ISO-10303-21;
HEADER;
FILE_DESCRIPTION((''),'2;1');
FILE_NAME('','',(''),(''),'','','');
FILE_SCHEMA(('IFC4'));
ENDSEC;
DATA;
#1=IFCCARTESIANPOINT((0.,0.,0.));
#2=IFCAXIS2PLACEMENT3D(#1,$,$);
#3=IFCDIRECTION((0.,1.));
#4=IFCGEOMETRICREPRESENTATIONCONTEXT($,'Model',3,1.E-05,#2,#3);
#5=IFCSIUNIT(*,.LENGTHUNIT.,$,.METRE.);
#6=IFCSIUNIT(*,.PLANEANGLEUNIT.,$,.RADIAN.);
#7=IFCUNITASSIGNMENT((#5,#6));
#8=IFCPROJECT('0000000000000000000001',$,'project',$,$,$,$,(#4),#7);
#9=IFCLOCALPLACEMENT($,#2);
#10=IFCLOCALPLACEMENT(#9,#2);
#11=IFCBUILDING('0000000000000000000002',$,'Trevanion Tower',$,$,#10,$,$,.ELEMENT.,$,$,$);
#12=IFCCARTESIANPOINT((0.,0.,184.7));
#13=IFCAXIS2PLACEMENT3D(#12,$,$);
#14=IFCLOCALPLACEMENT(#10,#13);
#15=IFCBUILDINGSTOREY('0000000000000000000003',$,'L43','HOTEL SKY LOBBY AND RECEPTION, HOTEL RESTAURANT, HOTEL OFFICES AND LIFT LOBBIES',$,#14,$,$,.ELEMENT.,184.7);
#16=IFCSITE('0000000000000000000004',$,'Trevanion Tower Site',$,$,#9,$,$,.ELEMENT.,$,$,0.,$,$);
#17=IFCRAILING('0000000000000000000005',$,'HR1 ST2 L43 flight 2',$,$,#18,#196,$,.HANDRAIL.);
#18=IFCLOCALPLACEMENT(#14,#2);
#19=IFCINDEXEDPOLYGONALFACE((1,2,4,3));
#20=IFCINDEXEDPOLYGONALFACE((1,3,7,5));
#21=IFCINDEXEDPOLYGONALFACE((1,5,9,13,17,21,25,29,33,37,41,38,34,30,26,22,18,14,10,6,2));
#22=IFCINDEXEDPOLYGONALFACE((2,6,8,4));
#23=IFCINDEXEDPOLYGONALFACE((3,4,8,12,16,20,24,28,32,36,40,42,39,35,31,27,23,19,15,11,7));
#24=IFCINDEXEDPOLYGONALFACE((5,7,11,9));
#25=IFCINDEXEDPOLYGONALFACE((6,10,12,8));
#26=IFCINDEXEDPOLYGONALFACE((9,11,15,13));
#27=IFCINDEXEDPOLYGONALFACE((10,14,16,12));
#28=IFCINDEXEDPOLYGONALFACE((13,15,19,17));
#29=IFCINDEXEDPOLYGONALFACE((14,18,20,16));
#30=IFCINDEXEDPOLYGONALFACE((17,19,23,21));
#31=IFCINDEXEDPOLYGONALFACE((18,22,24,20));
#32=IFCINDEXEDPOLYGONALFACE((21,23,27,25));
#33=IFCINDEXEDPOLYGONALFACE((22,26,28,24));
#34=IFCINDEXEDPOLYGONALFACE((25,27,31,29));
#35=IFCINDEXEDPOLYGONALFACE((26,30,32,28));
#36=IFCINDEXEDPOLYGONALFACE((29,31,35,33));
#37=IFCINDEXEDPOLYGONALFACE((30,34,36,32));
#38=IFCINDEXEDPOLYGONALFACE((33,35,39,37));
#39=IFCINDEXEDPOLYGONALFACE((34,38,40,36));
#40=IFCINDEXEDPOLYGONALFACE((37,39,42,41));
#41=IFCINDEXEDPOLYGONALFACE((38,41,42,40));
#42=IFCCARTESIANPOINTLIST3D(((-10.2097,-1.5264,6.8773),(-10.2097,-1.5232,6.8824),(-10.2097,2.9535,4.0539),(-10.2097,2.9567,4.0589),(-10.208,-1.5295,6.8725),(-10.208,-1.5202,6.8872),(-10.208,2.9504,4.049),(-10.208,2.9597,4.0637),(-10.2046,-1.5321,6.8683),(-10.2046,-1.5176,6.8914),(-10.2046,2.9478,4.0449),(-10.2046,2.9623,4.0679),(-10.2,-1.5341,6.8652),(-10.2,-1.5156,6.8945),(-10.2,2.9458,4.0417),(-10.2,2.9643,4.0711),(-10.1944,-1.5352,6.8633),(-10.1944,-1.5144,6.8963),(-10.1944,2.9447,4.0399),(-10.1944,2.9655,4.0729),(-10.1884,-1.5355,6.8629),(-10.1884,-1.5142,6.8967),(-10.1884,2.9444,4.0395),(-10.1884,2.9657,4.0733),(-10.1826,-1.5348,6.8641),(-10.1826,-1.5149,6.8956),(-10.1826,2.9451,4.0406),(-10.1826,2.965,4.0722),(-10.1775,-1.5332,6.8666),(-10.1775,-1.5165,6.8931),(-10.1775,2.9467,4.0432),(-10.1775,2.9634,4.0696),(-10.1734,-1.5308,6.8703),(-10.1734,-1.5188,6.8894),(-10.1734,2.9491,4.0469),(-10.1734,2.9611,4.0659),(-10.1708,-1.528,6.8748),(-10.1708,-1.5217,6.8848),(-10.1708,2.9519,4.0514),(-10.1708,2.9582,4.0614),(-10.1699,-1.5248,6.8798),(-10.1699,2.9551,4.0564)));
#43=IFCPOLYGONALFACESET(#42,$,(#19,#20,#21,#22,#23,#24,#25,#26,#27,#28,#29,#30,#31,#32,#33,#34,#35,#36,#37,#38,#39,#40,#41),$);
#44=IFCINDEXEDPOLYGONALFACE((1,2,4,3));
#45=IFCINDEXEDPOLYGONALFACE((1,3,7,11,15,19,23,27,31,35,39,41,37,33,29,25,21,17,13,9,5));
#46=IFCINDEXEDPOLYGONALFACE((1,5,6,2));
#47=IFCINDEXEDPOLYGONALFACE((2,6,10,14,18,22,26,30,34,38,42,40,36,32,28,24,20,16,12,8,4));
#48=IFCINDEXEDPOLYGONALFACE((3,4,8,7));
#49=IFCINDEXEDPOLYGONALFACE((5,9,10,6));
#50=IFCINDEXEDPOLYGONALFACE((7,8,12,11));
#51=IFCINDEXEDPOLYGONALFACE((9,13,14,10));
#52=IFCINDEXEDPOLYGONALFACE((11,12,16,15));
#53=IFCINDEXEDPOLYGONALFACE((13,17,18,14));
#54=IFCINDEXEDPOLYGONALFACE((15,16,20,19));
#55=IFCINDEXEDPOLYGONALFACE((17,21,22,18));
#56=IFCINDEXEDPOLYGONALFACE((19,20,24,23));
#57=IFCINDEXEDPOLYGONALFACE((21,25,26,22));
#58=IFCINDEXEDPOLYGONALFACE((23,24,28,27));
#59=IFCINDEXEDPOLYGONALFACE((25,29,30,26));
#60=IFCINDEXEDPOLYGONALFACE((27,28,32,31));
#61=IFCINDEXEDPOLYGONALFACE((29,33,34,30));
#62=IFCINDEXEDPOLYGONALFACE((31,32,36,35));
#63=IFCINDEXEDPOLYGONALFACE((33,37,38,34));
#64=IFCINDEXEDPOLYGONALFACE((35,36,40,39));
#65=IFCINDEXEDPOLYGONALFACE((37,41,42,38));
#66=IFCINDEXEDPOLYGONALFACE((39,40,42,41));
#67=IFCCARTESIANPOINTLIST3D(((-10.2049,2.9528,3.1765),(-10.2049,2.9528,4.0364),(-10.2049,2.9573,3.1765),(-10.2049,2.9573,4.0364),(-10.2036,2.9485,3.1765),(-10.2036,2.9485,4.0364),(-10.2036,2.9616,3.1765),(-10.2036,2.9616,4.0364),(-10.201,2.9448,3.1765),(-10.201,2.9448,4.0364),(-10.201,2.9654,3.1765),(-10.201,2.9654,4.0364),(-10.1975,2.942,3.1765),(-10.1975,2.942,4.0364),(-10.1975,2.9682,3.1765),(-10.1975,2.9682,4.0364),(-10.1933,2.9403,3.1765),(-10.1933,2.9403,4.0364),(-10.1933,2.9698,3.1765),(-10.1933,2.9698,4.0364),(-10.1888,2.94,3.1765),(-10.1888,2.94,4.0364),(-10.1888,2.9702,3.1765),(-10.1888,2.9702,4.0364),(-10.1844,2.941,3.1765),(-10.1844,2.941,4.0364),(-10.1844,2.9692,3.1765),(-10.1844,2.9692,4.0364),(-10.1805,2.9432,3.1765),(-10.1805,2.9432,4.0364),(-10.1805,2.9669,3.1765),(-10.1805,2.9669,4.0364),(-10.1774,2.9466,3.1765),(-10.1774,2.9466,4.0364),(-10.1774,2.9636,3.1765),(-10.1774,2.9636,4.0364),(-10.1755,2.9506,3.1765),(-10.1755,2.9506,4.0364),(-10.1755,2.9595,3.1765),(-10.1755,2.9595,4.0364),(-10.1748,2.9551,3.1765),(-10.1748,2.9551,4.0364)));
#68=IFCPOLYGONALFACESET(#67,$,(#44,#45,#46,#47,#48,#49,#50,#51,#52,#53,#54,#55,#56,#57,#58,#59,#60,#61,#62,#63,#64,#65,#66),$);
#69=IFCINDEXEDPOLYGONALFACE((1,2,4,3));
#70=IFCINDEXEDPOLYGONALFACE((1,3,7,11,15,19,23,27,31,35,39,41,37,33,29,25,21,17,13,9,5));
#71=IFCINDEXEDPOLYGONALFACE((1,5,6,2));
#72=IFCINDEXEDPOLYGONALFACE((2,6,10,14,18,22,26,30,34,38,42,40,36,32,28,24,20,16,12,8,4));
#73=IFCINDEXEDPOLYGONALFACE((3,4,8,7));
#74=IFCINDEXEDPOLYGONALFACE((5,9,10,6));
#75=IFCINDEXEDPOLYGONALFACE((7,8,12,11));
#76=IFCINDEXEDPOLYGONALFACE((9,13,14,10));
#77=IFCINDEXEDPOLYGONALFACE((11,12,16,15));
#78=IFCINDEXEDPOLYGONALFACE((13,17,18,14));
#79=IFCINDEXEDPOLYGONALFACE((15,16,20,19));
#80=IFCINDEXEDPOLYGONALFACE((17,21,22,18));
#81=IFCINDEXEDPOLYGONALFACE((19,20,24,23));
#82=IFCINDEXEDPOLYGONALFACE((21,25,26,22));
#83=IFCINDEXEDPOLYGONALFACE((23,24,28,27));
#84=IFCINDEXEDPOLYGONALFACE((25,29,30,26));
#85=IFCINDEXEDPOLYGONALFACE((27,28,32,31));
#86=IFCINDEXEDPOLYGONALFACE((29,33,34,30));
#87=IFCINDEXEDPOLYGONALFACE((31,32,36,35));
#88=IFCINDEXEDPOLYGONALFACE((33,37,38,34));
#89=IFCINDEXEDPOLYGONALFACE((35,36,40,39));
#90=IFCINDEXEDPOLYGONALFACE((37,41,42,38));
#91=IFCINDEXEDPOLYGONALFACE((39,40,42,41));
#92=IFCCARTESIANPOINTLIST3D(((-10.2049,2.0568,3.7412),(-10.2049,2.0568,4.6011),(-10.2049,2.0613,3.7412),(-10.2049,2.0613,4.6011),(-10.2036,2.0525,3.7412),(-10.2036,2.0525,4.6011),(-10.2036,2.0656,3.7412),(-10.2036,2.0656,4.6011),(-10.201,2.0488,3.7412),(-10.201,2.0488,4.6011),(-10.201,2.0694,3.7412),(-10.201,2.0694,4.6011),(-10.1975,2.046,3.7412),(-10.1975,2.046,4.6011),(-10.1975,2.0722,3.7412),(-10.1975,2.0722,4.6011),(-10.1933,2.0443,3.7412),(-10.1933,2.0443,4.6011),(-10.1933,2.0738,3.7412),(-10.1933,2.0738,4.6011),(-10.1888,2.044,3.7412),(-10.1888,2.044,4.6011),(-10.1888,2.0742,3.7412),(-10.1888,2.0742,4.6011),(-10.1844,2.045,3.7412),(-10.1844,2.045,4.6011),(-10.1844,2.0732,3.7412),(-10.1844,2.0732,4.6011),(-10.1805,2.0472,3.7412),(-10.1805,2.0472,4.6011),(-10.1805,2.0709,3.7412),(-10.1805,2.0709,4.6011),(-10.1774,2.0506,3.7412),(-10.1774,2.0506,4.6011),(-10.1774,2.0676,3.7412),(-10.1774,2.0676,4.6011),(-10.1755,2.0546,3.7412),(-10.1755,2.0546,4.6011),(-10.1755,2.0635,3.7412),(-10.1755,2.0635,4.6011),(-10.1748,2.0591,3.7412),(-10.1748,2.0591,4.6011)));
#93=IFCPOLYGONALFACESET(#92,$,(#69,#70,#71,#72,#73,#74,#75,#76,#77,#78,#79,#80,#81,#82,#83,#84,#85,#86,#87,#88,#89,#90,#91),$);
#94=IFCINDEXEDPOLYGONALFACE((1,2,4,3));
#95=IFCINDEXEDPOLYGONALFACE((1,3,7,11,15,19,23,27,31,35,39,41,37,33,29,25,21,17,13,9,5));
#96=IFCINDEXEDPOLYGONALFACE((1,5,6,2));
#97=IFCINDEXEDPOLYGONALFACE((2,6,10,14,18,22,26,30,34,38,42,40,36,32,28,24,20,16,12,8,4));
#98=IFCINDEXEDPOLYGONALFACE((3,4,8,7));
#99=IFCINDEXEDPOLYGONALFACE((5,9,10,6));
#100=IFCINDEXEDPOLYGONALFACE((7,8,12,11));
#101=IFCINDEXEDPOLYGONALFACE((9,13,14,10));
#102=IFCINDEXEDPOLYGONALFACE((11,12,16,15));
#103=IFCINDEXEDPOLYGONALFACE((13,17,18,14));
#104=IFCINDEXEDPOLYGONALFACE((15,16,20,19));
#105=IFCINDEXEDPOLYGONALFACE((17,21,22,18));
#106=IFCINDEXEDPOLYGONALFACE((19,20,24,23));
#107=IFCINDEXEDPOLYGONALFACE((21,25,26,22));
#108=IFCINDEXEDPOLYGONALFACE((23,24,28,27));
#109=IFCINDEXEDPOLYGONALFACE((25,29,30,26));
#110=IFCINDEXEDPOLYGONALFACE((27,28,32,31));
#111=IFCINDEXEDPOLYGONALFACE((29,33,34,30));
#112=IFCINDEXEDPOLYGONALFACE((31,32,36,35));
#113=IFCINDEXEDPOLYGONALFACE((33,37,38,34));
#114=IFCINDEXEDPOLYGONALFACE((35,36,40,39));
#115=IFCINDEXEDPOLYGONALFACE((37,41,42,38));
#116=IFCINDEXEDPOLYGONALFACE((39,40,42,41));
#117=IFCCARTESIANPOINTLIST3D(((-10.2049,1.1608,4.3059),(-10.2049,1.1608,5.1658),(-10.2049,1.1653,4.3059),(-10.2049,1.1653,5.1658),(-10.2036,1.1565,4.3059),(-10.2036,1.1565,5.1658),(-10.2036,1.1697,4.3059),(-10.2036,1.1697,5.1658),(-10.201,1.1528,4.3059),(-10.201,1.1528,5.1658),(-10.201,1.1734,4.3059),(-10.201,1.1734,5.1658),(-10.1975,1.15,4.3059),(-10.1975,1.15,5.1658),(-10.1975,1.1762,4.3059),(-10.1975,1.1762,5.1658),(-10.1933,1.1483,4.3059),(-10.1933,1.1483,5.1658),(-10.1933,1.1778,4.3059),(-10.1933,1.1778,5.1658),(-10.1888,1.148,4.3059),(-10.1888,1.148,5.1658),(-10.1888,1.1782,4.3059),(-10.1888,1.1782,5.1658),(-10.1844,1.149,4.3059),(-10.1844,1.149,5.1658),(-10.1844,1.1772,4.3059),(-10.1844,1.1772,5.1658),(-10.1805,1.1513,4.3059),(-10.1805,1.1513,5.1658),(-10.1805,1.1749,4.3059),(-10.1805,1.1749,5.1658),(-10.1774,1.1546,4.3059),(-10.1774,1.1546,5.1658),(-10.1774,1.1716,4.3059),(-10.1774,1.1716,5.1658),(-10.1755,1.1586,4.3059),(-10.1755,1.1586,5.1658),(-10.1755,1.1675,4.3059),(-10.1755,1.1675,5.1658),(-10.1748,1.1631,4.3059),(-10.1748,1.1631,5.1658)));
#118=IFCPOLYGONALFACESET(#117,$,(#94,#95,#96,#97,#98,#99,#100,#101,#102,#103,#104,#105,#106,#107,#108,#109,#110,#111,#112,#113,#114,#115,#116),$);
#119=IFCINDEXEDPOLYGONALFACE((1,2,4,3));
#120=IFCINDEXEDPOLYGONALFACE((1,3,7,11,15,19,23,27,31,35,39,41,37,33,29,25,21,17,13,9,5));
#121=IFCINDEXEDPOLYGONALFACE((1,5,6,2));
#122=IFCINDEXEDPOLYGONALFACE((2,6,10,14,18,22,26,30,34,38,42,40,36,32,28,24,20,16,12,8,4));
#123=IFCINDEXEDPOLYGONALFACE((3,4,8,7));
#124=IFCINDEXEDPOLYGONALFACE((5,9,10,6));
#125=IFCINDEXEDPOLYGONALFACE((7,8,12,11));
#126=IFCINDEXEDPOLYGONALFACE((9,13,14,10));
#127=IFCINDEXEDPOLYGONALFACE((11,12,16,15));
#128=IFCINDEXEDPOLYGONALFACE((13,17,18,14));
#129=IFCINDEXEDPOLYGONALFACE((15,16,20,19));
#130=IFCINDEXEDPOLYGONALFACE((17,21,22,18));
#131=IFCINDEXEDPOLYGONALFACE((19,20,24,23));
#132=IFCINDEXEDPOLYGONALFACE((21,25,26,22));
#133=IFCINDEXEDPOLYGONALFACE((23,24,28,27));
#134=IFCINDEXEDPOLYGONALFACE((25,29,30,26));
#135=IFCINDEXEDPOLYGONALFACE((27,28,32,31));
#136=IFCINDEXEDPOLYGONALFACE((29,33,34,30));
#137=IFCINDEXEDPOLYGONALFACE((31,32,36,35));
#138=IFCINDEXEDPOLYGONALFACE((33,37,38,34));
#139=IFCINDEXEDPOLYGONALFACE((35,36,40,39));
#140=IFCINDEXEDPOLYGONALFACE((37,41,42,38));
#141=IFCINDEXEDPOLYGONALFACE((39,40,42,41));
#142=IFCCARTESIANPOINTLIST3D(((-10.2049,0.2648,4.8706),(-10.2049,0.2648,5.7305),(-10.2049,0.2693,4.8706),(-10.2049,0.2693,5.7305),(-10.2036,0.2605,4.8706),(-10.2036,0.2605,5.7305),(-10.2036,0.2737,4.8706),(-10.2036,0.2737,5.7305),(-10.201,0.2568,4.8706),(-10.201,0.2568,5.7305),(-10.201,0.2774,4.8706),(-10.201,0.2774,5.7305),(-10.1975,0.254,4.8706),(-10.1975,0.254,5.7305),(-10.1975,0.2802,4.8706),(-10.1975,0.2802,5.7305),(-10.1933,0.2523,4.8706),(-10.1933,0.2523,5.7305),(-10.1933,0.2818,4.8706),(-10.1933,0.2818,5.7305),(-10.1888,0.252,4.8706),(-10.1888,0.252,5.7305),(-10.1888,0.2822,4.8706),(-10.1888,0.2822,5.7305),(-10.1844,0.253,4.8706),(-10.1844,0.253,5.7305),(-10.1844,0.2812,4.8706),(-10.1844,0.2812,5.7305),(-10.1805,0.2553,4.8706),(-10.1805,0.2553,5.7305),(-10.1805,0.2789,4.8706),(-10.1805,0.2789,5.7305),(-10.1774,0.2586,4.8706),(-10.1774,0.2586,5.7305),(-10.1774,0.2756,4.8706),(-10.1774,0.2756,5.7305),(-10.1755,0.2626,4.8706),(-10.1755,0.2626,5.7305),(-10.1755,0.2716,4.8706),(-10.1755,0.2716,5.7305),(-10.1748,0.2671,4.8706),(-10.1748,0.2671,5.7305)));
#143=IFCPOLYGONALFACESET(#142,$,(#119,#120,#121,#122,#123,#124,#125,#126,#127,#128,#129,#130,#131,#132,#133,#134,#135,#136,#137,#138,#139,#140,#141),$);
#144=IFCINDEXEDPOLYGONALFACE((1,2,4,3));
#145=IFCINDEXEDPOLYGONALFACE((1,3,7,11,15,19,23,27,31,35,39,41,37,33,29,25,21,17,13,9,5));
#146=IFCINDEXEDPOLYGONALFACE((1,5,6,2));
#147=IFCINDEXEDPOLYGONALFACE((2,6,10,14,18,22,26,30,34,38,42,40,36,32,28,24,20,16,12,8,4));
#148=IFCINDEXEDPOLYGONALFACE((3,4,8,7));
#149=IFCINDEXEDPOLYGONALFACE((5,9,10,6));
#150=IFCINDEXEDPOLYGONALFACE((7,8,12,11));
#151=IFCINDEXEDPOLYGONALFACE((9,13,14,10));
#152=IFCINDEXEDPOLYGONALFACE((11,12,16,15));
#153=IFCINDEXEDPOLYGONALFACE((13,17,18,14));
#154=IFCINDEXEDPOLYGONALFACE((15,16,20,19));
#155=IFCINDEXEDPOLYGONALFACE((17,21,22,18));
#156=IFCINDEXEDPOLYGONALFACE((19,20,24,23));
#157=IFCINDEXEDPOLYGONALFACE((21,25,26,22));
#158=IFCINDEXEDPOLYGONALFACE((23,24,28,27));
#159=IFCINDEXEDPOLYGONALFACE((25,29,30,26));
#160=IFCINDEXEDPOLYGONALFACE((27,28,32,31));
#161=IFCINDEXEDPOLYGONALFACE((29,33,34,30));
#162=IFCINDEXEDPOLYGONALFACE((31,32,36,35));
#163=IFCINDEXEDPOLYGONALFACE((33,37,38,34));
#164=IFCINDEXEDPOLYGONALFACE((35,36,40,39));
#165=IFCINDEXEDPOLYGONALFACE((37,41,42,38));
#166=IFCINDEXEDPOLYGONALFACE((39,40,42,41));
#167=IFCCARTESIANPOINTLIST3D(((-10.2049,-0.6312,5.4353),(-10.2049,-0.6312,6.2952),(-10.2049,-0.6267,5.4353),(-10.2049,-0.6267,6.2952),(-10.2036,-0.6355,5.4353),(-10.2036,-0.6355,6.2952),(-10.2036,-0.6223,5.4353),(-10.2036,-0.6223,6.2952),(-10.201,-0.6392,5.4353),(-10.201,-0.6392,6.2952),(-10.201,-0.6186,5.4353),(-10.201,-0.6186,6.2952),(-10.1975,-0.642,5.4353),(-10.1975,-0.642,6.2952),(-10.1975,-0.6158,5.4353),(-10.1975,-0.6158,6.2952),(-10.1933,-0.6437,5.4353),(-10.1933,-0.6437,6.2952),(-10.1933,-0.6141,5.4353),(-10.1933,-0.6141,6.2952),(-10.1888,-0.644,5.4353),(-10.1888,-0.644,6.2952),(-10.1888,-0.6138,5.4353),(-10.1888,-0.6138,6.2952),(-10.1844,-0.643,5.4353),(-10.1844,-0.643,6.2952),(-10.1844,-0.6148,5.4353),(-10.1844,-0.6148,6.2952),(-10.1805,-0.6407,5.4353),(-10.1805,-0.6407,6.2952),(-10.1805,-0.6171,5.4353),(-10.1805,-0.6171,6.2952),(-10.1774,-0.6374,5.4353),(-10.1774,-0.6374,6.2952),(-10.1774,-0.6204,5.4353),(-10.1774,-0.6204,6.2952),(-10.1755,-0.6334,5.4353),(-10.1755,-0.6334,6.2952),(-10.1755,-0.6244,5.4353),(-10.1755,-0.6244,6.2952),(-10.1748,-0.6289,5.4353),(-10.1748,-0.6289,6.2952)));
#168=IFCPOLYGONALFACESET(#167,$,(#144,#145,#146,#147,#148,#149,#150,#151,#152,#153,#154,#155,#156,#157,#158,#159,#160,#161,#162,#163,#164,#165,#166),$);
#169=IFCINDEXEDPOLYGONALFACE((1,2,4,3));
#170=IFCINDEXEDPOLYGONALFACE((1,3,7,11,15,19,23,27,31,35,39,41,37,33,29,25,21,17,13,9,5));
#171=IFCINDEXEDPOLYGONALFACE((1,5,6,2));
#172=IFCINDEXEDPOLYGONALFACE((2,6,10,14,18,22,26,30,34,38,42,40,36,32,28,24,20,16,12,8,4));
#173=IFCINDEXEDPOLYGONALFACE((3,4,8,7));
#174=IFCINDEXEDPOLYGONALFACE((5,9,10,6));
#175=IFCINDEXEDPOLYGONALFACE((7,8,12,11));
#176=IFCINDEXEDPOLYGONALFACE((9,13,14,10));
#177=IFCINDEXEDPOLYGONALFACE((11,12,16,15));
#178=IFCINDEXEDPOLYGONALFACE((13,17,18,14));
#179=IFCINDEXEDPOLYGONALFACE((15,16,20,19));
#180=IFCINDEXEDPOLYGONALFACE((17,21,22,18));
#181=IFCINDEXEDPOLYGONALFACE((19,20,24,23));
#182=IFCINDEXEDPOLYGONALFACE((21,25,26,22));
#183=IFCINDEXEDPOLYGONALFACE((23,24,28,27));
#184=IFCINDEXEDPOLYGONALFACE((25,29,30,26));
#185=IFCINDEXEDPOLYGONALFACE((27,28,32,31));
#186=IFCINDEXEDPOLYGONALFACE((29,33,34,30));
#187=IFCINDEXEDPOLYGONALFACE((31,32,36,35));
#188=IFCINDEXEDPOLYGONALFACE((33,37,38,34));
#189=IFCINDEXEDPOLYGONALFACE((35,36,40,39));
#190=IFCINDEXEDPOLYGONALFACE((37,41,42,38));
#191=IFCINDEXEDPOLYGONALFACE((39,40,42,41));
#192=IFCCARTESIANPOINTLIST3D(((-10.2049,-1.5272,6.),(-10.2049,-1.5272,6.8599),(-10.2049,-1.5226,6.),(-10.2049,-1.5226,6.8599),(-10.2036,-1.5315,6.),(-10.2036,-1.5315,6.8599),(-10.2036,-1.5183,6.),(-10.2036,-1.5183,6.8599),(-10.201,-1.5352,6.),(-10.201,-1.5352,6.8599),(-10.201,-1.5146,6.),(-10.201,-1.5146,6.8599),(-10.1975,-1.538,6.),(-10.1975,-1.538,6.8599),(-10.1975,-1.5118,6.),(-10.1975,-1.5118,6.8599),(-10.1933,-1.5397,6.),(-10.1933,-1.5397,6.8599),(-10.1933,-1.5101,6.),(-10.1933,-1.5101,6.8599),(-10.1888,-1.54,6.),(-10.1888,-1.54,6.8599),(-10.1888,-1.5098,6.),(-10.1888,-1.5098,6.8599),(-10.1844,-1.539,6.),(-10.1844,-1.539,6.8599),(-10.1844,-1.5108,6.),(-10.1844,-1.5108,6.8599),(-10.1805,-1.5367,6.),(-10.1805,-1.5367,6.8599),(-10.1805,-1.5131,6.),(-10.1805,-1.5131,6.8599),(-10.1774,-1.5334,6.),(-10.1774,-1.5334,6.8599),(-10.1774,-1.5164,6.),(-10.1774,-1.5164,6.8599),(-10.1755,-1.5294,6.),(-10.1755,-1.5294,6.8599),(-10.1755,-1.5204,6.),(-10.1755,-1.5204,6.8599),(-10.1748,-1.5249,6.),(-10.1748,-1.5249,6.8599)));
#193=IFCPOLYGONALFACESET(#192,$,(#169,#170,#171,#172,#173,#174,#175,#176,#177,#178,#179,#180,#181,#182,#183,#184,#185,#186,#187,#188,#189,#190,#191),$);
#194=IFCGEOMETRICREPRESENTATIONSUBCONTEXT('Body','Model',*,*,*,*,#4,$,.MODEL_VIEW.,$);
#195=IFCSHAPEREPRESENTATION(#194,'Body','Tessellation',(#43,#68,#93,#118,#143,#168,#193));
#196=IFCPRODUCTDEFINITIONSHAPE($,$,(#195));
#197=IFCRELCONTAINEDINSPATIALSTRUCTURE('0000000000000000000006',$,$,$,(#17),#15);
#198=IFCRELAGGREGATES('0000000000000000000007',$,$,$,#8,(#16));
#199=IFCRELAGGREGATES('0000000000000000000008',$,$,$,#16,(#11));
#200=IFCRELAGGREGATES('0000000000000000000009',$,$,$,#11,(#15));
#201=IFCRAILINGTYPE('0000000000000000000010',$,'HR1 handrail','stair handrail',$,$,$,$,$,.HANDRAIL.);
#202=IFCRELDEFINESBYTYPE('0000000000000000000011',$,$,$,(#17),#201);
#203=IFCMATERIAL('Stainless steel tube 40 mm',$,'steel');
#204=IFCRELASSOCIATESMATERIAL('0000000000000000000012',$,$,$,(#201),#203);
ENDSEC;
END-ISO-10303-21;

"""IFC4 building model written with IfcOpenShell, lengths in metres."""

from ifc_helpers import new_model, si_unit, direction, frame, origin, origin_2d, place, context, subcontext, project, spatial, circle, extrude, material, type_object, element, save


model = new_model("IFC4")

# Units and contexts
model_context = context("Model", 3, precision=1e-05, world=origin(), true_north=direction((0.0, 1.0)))
body_context = subcontext(model_context, "Body", "Model", "MODEL_VIEW")
ifc_project = project(units=[si_unit("LENGTHUNIT", "METRE"), si_unit("PLANEANGLEUNIT", "RADIAN")], contexts=[model_context])

# Site, building, storey
site_placement = place(None, origin())
site = spatial("IfcSite", under=ifc_project, at=site_placement, Name="Trevanion Tower Site", CompositionType="ELEMENT", RefElevation=0.0)
building_placement = place(site_placement, origin())
building = spatial("IfcBuilding", under=site, at=building_placement, Name="Trevanion Tower", CompositionType="ELEMENT")
storey_placement = place(building_placement, frame((0.0, 0.0, 184.7)))
storey = spatial("IfcBuildingStorey", under=building, at=storey_placement, Name="L43", Description="HOTEL SKY LOBBY AND RECEPTION, HOTEL RESTAURANT, HOTEL OFFICES AND LIFT LOBBIES", CompositionType="ELEMENT", Elevation=184.7)

# Railing
ifc_material_1 = material(Name="Stainless steel tube 40 mm", Category="steel")
railing_type = type_object("IfcRailingType", Name="HR1 handrail", Description="stair handrail", PredefinedType="HANDRAIL", material=ifc_material_1)
for number, where, name in (
    (1, (-10.1899, 2.9551, 3.1765), "HR1 ST2 L43 flight 2"),
):
    element("IfcRailing", number, at=place(storey_placement, frame(where)), inside=storey, type_object=railing_type, Name=name, PredefinedType="HANDRAIL", context=body_context, shape_type="SweptSolid", body=[
        extrude(circle(Radius=0.02, at=origin_2d()), frame((0.0, 0.0, 0.8799), z_axis=(0.0, -0.845998, 0.533186), x_axis=(1.0, 0.0, 0.0)), (0.0, 0.0, 1.0), 5.2954),
        extrude(circle(Radius=0.0151, at=origin_2d()), origin(), (0.0, 0.0, 1.0), 0.8599),
        extrude(circle(Radius=0.0151, at=origin_2d()), frame((0.0, -0.896, 0.5647)), (0.0, 0.0, 1.0), 0.8599),
        extrude(circle(Radius=0.0151, at=origin_2d()), frame((0.0, -1.792, 1.1294)), (0.0, 0.0, 1.0), 0.8599),
        extrude(circle(Radius=0.0151, at=origin_2d()), frame((0.0, -2.688, 1.6941)), (0.0, 0.0, 1.0), 0.8599),
        extrude(circle(Radius=0.0151, at=origin_2d()), frame((0.0, -3.584, 2.2588)), (0.0, 0.0, 1.0), 0.8599),
        extrude(circle(Radius=0.0151, at=origin_2d()), frame((0.0, -4.48, 2.8235)), (0.0, 0.0, 1.0), 0.8599),
    ])

save(model, "model.ifc")
